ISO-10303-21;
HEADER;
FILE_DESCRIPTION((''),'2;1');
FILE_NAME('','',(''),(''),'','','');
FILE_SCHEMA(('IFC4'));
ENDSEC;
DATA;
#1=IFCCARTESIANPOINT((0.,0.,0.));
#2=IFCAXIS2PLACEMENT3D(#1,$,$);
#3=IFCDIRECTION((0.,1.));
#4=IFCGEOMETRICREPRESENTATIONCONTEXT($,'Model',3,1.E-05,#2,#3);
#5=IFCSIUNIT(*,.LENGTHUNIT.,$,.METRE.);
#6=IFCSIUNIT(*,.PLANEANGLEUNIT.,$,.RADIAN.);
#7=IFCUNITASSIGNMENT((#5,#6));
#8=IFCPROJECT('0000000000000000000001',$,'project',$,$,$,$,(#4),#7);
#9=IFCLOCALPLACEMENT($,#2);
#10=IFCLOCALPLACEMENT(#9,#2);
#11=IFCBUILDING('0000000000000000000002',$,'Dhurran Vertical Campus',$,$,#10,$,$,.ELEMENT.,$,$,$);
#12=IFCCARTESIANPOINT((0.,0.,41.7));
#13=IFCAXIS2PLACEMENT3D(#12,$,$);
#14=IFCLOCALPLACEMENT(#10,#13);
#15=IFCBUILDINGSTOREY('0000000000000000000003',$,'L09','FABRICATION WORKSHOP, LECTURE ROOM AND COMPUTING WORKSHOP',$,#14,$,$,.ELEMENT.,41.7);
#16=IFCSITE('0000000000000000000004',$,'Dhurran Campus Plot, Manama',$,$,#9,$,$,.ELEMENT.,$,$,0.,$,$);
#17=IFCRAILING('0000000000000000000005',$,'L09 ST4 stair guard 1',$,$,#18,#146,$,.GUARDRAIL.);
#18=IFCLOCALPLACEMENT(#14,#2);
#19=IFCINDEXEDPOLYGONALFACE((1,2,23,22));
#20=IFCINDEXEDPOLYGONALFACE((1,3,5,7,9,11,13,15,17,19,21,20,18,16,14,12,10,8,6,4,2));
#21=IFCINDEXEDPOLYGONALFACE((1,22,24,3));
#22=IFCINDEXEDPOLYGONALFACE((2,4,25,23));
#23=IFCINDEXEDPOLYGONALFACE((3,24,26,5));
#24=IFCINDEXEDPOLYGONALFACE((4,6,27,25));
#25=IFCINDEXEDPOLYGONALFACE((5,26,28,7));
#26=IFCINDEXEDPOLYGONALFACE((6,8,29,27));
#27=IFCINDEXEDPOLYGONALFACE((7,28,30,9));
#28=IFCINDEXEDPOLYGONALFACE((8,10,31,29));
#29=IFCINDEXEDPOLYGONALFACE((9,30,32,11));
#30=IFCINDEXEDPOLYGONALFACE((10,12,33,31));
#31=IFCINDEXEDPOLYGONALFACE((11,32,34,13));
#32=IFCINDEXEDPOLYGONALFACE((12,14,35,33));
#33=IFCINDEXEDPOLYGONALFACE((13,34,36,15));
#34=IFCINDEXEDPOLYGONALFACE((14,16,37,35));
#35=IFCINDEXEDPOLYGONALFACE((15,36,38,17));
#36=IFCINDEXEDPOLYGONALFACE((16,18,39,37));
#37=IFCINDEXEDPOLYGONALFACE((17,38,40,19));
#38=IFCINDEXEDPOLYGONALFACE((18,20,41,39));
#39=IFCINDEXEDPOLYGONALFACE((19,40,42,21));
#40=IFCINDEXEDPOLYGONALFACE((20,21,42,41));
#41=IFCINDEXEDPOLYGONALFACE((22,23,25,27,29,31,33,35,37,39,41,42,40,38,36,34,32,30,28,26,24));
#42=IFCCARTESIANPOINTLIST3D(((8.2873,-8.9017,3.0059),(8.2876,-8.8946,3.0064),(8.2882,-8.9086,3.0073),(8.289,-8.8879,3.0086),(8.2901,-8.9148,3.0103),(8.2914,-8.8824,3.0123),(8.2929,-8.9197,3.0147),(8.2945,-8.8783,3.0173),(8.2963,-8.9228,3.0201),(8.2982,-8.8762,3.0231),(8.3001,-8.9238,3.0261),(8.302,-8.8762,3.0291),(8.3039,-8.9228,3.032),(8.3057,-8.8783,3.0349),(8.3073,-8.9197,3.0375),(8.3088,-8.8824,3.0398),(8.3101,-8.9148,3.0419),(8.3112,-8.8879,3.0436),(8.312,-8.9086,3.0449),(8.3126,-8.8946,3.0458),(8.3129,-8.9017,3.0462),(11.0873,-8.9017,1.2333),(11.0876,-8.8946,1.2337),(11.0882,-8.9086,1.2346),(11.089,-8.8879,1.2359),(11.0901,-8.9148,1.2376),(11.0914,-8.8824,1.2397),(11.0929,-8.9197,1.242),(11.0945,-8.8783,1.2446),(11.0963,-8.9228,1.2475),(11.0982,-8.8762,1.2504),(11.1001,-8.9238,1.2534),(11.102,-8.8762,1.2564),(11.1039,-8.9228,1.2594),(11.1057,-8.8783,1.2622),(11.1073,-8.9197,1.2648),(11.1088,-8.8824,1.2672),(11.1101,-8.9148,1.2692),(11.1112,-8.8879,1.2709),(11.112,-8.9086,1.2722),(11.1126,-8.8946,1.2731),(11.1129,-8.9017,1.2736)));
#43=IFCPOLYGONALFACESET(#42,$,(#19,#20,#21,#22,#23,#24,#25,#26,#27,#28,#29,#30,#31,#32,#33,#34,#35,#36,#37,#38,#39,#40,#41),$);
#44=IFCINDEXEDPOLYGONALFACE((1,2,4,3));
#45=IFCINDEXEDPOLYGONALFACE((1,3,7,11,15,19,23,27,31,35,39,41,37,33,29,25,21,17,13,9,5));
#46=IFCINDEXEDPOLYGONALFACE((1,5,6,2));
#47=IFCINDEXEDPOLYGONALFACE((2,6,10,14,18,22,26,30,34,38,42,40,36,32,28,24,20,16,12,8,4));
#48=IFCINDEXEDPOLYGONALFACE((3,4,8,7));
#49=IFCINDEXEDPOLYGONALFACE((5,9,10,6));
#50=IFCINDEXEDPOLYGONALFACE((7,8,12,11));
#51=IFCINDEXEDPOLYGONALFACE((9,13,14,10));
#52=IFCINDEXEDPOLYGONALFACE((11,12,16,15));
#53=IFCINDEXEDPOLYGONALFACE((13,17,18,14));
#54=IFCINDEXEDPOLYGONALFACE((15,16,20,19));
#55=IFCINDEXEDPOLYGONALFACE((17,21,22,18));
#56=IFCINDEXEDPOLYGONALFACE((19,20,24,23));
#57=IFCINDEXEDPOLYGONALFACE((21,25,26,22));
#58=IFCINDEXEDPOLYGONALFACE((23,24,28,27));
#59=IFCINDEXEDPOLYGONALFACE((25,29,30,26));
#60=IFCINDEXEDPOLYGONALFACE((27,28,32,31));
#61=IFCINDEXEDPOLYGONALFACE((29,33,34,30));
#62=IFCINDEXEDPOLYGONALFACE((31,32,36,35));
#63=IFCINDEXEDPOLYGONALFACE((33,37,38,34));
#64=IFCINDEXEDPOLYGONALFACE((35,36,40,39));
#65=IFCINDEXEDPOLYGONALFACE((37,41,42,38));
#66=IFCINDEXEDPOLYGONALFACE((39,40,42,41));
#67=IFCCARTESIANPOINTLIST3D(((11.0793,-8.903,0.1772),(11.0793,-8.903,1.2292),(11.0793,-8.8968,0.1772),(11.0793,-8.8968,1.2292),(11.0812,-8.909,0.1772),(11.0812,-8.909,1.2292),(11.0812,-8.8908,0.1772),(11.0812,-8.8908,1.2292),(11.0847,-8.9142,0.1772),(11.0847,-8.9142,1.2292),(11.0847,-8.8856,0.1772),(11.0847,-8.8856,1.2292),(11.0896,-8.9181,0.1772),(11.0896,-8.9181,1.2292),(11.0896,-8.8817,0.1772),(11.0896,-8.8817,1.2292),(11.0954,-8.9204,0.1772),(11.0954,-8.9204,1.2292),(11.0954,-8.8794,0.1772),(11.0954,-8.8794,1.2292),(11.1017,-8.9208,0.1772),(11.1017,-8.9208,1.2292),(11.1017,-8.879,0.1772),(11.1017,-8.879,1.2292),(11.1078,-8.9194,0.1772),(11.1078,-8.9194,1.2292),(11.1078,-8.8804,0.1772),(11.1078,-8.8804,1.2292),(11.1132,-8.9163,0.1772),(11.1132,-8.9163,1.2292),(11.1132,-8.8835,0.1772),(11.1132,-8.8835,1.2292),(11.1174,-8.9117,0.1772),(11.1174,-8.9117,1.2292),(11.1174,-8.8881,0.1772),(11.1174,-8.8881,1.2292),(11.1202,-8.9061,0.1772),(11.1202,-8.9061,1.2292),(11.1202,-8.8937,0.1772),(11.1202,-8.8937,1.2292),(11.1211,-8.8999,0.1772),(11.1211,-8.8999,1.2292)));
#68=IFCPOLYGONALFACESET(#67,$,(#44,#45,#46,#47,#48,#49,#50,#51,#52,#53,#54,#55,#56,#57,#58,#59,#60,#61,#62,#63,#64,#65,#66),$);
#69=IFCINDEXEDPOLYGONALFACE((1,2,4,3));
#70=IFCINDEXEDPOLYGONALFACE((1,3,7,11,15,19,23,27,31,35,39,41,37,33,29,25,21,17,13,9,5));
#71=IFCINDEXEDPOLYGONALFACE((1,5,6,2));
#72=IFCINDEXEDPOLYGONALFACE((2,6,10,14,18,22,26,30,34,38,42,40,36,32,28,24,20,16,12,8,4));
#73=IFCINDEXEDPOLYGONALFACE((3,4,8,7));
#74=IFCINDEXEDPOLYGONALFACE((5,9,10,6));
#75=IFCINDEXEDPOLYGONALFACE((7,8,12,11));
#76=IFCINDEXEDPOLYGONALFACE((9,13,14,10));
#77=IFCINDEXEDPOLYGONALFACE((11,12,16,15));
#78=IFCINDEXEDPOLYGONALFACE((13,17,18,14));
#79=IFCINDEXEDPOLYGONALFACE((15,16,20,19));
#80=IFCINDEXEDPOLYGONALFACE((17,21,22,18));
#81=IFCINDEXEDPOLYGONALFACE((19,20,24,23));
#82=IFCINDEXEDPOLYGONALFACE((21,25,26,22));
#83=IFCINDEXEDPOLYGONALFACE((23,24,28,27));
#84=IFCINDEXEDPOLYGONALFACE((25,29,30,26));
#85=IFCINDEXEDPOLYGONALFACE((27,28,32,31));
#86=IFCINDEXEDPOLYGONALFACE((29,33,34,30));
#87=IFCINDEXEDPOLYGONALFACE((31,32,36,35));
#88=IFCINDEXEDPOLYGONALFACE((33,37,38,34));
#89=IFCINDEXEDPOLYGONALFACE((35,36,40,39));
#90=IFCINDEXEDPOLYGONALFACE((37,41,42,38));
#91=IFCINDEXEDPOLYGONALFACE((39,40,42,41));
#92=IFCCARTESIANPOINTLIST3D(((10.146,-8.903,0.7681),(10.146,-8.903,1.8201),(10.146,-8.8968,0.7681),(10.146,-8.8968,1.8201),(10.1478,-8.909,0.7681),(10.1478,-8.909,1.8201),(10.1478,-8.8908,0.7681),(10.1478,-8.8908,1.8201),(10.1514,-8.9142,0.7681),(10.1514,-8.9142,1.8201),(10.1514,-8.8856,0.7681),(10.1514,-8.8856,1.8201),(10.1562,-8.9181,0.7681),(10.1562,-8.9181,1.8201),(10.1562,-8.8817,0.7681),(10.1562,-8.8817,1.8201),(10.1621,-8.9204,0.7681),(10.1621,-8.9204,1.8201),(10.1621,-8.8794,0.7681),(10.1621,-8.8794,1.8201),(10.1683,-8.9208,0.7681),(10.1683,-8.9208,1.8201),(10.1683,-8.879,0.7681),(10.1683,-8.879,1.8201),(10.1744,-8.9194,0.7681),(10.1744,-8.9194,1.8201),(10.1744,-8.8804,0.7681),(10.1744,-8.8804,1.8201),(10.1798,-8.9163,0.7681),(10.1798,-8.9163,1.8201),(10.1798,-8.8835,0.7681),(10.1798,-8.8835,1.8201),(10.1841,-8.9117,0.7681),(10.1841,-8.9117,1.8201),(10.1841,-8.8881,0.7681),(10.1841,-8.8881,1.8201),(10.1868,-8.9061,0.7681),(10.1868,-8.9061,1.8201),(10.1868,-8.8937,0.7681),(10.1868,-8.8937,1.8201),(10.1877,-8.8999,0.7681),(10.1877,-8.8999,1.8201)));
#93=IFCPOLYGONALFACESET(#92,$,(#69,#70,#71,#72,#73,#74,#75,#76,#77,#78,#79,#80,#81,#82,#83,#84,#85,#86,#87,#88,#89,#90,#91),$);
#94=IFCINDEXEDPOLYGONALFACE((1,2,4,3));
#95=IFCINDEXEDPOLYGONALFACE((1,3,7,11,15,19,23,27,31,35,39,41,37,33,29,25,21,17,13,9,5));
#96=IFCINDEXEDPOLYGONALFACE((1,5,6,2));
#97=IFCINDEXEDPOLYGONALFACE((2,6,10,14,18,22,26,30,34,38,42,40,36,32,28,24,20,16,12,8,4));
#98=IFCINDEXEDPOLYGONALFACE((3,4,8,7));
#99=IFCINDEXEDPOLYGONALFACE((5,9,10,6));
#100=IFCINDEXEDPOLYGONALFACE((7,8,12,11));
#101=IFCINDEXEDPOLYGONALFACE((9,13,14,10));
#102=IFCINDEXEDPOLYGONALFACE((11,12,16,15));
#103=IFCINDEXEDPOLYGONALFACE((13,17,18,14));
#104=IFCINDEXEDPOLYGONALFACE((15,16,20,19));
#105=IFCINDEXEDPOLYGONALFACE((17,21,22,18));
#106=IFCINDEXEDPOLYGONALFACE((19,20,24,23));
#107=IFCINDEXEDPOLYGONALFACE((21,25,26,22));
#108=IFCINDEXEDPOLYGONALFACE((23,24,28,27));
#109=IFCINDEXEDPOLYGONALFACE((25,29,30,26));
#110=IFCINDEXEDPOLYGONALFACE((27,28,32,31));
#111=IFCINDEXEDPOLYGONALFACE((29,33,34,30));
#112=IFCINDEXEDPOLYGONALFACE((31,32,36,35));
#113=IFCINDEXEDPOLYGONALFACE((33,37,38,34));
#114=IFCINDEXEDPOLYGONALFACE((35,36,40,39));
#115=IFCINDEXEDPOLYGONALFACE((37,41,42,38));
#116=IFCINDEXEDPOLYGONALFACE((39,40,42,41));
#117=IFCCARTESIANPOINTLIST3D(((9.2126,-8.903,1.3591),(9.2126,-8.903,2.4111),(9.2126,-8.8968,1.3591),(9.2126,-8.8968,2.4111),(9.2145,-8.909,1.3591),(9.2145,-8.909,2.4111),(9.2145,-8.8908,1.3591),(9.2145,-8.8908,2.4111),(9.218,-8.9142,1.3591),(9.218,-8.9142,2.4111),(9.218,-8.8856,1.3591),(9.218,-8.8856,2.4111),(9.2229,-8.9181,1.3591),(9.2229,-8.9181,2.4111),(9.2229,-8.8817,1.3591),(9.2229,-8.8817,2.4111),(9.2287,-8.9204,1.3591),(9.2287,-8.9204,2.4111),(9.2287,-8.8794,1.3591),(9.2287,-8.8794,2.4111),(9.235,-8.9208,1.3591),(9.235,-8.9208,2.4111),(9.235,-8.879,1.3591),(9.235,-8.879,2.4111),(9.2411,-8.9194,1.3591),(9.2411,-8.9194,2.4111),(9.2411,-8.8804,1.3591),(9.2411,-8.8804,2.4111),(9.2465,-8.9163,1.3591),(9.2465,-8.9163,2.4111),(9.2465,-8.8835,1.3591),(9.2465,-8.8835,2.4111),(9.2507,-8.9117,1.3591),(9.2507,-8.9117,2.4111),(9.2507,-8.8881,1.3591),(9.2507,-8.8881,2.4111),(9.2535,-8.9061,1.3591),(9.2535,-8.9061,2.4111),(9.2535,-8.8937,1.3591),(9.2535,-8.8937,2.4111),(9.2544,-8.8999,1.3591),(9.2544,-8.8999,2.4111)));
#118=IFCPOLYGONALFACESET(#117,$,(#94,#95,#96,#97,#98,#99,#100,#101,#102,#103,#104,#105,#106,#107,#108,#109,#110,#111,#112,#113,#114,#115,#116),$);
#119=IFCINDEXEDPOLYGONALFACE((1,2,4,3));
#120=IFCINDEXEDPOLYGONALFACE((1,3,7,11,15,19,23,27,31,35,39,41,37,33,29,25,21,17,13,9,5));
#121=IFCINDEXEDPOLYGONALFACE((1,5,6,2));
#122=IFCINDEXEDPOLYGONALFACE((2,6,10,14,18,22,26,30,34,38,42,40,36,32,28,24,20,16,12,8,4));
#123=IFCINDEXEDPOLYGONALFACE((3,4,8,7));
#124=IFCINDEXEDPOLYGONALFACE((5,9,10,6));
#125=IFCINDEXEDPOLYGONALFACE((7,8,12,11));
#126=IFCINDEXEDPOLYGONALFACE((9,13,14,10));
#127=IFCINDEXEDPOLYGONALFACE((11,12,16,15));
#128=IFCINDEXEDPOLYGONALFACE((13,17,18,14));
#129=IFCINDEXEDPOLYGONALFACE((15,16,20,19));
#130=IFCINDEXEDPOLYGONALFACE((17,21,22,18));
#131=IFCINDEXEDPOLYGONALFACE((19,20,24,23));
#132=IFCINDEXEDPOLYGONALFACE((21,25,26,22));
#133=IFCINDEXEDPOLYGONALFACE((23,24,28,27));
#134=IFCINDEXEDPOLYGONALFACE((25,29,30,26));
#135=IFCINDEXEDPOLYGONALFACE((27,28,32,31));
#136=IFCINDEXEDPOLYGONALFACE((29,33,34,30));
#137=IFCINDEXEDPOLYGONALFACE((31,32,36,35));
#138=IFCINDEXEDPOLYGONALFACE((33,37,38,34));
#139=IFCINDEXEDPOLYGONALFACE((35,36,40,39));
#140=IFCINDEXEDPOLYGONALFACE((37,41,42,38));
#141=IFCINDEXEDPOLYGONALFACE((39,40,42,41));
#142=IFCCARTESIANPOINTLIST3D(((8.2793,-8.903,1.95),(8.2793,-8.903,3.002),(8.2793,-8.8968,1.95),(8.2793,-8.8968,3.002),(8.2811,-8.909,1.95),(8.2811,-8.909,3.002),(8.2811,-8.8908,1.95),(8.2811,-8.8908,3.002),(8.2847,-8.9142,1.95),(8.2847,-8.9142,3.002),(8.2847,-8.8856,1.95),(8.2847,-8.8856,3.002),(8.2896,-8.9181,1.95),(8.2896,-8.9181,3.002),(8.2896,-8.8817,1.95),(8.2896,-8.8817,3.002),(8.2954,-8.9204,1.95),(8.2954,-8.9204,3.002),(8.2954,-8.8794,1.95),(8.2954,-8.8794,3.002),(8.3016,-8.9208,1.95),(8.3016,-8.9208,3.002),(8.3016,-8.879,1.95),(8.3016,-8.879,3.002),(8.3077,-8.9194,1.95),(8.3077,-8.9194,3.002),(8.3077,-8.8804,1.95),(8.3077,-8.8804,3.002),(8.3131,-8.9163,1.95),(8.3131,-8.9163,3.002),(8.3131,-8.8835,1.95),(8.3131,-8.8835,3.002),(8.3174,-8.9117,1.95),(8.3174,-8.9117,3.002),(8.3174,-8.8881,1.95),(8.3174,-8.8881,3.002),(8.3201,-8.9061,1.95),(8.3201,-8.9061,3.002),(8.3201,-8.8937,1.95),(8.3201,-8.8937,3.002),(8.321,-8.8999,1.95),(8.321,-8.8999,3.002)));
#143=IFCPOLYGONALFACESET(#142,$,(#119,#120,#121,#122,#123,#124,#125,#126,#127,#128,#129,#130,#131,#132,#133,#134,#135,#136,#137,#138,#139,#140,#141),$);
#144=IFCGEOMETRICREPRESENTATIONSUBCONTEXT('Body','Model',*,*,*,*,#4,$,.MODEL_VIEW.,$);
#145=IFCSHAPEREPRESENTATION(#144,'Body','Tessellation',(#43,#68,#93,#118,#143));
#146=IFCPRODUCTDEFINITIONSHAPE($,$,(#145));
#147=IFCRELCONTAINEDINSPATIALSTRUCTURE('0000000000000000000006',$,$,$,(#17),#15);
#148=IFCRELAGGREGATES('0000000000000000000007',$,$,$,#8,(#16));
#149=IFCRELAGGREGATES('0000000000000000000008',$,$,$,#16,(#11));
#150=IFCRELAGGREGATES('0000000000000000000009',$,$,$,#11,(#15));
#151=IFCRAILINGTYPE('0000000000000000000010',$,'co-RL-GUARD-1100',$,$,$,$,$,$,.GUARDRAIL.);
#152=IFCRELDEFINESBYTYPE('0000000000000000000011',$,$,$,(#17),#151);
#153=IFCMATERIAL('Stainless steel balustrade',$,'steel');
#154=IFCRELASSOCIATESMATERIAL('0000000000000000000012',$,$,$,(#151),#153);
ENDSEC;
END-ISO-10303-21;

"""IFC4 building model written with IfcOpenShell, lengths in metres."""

from ifc_helpers import new_model, si_unit, direction, frame, origin, origin_2d, place, context, subcontext, project, spatial, circle, extrude, material, type_object, element, save


model = new_model("IFC4")

# Units and contexts
model_context = context("Model", 3, precision=1e-05, world=origin(), true_north=direction((0.0, 1.0)))
body_context = subcontext(model_context, "Body", "Model", "MODEL_VIEW")
ifc_project = project(units=[si_unit("LENGTHUNIT", "METRE"), si_unit("PLANEANGLEUNIT", "RADIAN")], contexts=[model_context])

# Site, building, storey
site_placement = place(None, origin())
site = spatial("IfcSite", under=ifc_project, at=site_placement, Name="Dhurran Campus Plot, Manama", CompositionType="ELEMENT", RefElevation=0.0)
building_placement = place(site_placement, origin())
building = spatial("IfcBuilding", under=site, at=building_placement, Name="Dhurran Vertical Campus", CompositionType="ELEMENT")
storey_placement = place(building_placement, frame((0.0, 0.0, 41.7)))
storey = spatial("IfcBuildingStorey", under=building, at=storey_placement, Name="L09", Description="FABRICATION WORKSHOP, LECTURE ROOM AND COMPUTING WORKSHOP", CompositionType="ELEMENT", Elevation=41.7)

# Railing
ifc_material_1 = material(Name="Stainless steel balustrade", Category="steel")
railing_type_1 = type_object("IfcRailingType", Name="co-RL-GUARD-1100", PredefinedType="GUARDRAIL", material=ifc_material_1)
railing_1_placement = place(storey_placement, frame((11.1001, -8.8999, 0.1772)))
element("IfcRailing", 1, at=railing_1_placement, inside=storey, type_object=railing_type_1, Name="L09 ST4 stair guard 1", PredefinedType="GUARDRAIL", context=body_context, shape_type="SweptSolid", body=[
    extrude(circle(Radius=0.0239, at=origin_2d()), frame((0.0, 0.0, 1.0762), z_axis=(-0.844909, 0.0, 0.53491), x_axis=(0.0, -1.0, 0.0)), (0.0, 0.0, 1.0), 3.314),
    extrude(circle(Radius=0.021, at=origin_2d()), origin(), (0.0, 0.0, 1.0), 1.052),
    extrude(circle(Radius=0.021, at=origin_2d()), frame((-0.9333, 0.0, 0.5908)), (0.0, 0.0, 1.0), 1.052),
    extrude(circle(Radius=0.021, at=origin_2d()), frame((-1.8667, 0.0, 1.1819)), (0.0, 0.0, 1.0), 1.052),
    extrude(circle(Radius=0.021, at=origin_2d()), frame((-2.8, 0.0, 1.7727)), (0.0, 0.0, 1.0), 1.052),
])

save(model, "model.ifc")
